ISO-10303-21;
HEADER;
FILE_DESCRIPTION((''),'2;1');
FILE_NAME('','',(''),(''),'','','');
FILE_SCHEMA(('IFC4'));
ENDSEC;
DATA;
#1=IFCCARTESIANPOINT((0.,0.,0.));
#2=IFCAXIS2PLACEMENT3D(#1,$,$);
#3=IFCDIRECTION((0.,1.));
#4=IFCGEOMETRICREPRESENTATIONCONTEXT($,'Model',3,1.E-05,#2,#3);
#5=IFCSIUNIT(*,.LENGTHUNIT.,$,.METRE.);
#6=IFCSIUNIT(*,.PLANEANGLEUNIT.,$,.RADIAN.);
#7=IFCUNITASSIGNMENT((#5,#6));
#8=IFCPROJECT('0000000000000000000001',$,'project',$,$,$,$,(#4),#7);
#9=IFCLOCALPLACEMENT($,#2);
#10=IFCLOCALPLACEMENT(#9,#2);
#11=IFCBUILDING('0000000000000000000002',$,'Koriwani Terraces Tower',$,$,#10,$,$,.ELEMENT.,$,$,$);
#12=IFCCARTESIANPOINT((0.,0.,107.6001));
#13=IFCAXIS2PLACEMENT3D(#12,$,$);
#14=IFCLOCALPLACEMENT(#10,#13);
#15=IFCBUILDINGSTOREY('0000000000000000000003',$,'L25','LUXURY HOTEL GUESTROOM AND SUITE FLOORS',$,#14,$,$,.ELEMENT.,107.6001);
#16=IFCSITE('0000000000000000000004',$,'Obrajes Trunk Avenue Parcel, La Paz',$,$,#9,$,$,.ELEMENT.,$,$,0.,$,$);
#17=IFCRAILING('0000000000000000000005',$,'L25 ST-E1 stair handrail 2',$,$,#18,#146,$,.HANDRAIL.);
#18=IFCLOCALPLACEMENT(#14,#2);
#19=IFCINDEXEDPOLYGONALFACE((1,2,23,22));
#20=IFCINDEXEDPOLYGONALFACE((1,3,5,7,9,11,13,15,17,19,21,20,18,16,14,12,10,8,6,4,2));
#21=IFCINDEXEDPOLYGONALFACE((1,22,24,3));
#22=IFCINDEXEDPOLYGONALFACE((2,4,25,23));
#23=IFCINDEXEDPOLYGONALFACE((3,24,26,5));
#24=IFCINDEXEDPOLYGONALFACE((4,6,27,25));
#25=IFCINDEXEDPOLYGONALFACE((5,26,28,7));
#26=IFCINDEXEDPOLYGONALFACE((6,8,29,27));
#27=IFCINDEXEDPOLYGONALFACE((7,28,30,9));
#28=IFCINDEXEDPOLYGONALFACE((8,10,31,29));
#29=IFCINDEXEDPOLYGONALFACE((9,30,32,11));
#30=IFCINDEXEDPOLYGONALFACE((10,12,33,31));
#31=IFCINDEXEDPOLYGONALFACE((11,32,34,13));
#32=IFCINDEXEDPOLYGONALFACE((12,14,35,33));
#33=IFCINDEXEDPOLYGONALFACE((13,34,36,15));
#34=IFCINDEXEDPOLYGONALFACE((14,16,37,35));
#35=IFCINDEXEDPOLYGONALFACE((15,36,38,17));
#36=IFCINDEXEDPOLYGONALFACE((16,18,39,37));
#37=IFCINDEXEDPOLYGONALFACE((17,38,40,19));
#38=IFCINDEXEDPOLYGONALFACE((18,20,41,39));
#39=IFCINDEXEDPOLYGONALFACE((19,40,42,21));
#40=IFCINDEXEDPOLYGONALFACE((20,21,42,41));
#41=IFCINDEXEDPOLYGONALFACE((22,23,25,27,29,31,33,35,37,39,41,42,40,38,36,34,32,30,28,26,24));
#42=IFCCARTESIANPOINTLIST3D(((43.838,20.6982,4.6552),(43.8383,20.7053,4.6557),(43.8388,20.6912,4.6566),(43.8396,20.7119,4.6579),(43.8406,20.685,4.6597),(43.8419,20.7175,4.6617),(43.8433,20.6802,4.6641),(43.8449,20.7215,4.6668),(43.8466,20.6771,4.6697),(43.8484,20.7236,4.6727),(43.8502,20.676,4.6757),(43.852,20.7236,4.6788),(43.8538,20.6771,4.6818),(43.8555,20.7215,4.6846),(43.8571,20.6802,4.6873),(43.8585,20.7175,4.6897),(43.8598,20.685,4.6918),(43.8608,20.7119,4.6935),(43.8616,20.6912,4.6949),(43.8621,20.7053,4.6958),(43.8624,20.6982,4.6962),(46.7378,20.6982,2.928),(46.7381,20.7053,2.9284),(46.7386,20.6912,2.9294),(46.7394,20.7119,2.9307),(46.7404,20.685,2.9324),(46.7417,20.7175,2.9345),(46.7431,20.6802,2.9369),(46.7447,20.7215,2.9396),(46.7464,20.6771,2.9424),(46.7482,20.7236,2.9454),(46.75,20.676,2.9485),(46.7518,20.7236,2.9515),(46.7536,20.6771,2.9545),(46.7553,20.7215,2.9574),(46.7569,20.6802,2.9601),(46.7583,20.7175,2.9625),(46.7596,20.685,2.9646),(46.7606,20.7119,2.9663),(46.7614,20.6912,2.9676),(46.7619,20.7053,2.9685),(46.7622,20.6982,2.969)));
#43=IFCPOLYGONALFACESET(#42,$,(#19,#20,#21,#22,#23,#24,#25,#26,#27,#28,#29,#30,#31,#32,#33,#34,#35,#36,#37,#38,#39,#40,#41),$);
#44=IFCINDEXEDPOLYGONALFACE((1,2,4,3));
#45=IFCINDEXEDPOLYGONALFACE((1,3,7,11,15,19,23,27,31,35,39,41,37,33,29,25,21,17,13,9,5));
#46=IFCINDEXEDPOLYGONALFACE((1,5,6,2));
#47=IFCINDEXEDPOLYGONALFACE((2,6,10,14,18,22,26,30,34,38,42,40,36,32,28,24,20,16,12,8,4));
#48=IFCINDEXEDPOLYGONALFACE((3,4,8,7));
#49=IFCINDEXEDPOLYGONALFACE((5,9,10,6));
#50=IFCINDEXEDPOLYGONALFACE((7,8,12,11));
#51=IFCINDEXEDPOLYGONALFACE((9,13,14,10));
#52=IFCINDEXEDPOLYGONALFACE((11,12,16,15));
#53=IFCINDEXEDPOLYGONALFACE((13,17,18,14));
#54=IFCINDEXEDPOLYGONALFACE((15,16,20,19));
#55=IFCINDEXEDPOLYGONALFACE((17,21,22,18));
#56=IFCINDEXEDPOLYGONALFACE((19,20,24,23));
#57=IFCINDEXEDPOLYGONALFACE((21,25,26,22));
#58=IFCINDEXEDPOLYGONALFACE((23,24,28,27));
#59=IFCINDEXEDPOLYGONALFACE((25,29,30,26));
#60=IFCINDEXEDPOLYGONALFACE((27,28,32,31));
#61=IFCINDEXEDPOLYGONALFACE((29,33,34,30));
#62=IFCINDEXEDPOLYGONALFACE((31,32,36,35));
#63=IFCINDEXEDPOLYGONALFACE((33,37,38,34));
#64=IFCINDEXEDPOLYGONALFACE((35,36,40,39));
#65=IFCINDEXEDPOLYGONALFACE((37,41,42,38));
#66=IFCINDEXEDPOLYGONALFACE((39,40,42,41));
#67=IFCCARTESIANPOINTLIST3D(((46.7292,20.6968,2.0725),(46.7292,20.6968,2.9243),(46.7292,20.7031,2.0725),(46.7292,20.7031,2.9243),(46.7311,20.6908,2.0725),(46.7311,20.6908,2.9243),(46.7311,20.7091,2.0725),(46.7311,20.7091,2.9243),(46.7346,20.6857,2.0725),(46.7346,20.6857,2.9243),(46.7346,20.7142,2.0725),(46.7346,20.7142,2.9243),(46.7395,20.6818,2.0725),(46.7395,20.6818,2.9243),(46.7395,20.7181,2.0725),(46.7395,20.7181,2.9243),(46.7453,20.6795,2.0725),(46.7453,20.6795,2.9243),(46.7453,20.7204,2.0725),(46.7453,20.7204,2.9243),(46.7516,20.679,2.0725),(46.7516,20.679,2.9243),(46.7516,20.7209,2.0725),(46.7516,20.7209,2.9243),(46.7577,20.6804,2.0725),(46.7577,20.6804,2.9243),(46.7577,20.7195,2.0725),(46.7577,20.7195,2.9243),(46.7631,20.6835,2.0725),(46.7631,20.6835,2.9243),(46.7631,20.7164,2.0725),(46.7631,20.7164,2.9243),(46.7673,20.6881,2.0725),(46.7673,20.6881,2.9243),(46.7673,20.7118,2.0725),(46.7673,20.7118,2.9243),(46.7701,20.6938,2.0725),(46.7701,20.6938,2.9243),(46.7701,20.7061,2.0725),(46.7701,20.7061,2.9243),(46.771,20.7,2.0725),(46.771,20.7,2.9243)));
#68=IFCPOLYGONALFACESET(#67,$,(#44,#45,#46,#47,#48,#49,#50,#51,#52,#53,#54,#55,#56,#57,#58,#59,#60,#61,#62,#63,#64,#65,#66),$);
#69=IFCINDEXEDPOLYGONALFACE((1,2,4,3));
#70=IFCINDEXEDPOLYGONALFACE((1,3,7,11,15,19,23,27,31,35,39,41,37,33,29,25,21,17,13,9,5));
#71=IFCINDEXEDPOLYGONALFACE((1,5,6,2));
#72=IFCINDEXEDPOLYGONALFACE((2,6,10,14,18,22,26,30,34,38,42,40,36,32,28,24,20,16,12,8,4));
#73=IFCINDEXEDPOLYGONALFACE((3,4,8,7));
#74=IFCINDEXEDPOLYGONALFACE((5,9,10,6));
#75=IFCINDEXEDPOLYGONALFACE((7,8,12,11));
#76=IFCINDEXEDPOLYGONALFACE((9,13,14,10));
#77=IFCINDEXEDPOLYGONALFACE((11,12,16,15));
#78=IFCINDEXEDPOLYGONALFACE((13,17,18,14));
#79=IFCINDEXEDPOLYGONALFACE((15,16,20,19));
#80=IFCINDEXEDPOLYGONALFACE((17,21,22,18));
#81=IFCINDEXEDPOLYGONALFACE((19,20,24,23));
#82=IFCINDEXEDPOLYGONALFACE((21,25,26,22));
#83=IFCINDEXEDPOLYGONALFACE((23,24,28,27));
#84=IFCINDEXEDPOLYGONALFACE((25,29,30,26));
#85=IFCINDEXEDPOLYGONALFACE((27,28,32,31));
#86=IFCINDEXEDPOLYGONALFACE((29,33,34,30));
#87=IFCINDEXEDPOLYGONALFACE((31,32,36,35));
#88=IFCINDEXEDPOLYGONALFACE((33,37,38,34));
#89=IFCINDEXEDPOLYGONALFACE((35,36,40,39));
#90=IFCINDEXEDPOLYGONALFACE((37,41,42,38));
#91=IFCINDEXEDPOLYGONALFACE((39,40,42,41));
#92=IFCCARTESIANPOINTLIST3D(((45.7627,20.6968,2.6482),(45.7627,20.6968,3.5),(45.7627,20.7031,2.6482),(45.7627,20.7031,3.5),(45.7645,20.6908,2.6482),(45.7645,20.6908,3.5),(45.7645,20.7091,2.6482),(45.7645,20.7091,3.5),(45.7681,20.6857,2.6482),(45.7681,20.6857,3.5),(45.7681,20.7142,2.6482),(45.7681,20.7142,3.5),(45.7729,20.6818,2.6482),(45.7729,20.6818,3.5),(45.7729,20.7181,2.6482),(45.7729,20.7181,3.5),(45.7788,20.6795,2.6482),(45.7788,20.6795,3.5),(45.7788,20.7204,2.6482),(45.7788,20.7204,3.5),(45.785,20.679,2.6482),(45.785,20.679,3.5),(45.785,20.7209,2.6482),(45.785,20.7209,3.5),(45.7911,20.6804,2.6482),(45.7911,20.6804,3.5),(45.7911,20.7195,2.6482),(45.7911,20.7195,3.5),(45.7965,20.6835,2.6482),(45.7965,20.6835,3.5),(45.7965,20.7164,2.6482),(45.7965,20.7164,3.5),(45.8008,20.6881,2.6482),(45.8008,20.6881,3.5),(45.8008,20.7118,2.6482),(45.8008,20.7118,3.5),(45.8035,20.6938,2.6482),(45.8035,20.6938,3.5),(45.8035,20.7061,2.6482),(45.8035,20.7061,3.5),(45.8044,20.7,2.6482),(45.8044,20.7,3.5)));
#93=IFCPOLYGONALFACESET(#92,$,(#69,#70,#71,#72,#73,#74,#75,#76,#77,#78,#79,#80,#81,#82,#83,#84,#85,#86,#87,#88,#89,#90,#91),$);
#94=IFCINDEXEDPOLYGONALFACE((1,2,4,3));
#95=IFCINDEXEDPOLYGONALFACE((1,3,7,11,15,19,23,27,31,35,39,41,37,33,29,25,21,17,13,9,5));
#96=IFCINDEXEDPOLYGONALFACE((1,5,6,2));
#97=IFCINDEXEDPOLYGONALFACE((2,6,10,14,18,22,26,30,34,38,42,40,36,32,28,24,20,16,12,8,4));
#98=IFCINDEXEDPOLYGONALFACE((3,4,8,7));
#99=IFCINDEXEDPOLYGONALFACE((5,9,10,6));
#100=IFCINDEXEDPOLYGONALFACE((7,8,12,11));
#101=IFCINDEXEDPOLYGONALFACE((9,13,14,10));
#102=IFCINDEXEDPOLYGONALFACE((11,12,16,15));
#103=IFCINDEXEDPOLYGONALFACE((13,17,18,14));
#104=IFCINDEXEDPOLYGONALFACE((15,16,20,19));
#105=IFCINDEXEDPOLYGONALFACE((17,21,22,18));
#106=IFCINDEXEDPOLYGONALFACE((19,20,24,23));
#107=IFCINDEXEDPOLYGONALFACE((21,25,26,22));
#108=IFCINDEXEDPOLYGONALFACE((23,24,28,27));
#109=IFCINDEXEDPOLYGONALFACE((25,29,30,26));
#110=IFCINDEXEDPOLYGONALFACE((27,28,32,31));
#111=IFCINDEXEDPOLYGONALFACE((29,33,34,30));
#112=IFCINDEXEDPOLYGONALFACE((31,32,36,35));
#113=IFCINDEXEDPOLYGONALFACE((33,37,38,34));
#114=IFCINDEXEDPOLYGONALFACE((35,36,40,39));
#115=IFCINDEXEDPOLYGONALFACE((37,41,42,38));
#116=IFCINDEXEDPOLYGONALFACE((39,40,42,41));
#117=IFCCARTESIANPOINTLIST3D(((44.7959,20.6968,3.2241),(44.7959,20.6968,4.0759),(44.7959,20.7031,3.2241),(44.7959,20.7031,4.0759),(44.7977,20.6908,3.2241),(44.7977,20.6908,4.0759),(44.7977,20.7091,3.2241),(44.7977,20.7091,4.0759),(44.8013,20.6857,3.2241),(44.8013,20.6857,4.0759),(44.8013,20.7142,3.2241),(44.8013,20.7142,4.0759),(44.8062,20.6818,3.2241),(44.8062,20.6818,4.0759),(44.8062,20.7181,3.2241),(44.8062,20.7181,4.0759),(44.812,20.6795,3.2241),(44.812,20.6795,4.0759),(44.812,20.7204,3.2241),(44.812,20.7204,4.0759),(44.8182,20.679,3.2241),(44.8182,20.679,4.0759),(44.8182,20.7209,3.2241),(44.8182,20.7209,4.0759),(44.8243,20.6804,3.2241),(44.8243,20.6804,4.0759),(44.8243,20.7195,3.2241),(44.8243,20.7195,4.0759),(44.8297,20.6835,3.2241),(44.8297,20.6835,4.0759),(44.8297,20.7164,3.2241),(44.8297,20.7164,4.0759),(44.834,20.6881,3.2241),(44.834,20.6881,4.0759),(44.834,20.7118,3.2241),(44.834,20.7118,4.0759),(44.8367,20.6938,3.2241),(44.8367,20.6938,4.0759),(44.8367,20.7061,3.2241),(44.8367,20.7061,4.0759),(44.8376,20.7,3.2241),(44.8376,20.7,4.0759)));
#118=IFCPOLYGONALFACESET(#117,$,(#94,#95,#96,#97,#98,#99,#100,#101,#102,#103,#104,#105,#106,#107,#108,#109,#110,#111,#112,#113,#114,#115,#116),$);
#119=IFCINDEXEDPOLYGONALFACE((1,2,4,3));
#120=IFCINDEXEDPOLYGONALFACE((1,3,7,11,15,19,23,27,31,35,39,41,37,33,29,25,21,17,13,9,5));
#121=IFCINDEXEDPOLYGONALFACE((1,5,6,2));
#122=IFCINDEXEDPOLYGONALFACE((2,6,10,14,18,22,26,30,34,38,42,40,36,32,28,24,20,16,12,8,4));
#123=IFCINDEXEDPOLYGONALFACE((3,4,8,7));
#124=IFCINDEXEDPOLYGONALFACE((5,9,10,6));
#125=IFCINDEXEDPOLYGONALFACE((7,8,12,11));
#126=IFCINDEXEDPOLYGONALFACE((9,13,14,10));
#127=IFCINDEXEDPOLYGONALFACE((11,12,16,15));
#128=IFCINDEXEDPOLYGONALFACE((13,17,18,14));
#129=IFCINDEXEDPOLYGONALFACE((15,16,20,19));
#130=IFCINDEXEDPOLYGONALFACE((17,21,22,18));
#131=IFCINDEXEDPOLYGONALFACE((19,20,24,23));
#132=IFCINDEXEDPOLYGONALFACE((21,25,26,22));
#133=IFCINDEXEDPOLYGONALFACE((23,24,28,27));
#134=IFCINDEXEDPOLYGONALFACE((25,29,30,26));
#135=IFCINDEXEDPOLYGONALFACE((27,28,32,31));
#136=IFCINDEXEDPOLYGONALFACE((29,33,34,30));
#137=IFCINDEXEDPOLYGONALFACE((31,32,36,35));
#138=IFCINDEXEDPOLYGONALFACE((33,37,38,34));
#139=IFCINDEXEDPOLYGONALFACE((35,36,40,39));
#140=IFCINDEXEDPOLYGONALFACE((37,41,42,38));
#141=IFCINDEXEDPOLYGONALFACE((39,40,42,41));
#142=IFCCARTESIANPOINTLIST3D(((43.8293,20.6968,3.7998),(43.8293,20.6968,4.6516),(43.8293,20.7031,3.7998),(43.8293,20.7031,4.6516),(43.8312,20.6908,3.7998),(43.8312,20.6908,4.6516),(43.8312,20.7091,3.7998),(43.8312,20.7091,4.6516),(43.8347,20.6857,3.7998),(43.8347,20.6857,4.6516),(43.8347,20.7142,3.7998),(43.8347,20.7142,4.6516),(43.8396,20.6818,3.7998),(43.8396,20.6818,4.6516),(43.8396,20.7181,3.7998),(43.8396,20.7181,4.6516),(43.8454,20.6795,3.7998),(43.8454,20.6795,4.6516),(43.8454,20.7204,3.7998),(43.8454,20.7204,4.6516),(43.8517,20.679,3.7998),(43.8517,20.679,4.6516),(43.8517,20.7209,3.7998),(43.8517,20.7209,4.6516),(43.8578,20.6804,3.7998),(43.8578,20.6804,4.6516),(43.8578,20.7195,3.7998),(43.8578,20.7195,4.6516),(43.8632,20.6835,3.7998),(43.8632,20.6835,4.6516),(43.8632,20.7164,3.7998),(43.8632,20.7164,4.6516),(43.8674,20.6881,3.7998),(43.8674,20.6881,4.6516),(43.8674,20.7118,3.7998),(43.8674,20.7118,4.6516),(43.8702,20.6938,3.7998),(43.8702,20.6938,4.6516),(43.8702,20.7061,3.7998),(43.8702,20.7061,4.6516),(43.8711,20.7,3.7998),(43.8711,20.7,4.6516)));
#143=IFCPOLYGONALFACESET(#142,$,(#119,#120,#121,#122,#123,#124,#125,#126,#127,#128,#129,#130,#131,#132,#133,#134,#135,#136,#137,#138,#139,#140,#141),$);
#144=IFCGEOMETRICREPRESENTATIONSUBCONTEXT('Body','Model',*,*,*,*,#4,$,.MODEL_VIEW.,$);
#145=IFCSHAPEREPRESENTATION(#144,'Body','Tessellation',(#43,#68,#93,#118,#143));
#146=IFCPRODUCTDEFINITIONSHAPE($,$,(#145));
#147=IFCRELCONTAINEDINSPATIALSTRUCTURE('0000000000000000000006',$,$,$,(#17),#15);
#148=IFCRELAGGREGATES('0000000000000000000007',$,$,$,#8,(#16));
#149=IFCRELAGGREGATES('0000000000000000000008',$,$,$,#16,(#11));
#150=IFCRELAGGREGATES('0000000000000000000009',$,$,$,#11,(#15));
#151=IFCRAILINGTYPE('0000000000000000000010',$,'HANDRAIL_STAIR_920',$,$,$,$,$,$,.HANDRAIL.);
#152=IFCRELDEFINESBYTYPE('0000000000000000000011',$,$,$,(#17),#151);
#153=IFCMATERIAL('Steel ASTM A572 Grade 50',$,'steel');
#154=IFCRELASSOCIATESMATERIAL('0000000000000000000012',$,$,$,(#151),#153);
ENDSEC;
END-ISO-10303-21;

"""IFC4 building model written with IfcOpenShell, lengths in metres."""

from ifc_helpers import new_model, si_unit, direction, frame, origin, origin_2d, place, context, subcontext, project, spatial, circle, extrude, material, type_object, element, save


model = new_model("IFC4")

# Units and contexts
model_context = context("Model", 3, precision=1e-05, world=origin(), true_north=direction((0.0, 1.0)))
body_context = subcontext(model_context, "Body", "Model", "MODEL_VIEW")
ifc_project = project(units=[si_unit("LENGTHUNIT", "METRE"), si_unit("PLANEANGLEUNIT", "RADIAN")], contexts=[model_context])

# Site, building, storey
site_placement = place(None, origin())
site = spatial("IfcSite", under=ifc_project, at=site_placement, Name="Obrajes Trunk Avenue Parcel, La Paz", CompositionType="ELEMENT", RefElevation=0.0)
building_placement = place(site_placement, origin())
building = spatial("IfcBuilding", under=site, at=building_placement, Name="Koriwani Terraces Tower", CompositionType="ELEMENT")
storey_placement = place(building_placement, frame((0.0, 0.0, 107.6001)))
storey = spatial("IfcBuildingStorey", under=building, at=storey_placement, Name="L25", Description="LUXURY HOTEL GUESTROOM AND SUITE FLOORS", CompositionType="ELEMENT", Elevation=107.6001)

# Shared definitions
ifc_material_1 = material(Name="Steel ASTM A572 Grade 50", Category="steel")

# Railing
railing_type_1 = type_object("IfcRailingType", Name="HANDRAIL_STAIR_920", PredefinedType="HANDRAIL", material=ifc_material_1)
railing_1_placement = place(storey_placement, frame((46.75, 20.7, 2.0725)))
element("IfcRailing", 1, at=railing_1_placement, inside=storey, type_object=railing_type_1, Name="L25 ST-E1 stair handrail 2", PredefinedType="HANDRAIL", context=body_context, shape_type="SweptSolid", body=[
    extrude(circle(Radius=0.0239, at=origin_2d()), frame((0.0, 0.0, 0.876), z_axis=(-0.859141, 0.0, 0.511738), x_axis=(0.0, -1.0, 0.0)), (0.0, 0.0, 1.0), 3.3752),
    extrude(circle(Radius=0.021, at=origin_2d()), origin(), (0.0, 0.0, 1.0), 0.8518),
    extrude(circle(Radius=0.021, at=origin_2d()), frame((-0.9666, 0.0, 0.5757)), (0.0, 0.0, 1.0), 0.8518),
    extrude(circle(Radius=0.021, at=origin_2d()), frame((-1.9333, 0.0, 1.1516)), (0.0, 0.0, 1.0), 0.8518),
    extrude(circle(Radius=0.021, at=origin_2d()), frame((-2.8999, 0.0, 1.7273)), (0.0, 0.0, 1.0), 0.8518),
])

save(model, "model.ifc")
